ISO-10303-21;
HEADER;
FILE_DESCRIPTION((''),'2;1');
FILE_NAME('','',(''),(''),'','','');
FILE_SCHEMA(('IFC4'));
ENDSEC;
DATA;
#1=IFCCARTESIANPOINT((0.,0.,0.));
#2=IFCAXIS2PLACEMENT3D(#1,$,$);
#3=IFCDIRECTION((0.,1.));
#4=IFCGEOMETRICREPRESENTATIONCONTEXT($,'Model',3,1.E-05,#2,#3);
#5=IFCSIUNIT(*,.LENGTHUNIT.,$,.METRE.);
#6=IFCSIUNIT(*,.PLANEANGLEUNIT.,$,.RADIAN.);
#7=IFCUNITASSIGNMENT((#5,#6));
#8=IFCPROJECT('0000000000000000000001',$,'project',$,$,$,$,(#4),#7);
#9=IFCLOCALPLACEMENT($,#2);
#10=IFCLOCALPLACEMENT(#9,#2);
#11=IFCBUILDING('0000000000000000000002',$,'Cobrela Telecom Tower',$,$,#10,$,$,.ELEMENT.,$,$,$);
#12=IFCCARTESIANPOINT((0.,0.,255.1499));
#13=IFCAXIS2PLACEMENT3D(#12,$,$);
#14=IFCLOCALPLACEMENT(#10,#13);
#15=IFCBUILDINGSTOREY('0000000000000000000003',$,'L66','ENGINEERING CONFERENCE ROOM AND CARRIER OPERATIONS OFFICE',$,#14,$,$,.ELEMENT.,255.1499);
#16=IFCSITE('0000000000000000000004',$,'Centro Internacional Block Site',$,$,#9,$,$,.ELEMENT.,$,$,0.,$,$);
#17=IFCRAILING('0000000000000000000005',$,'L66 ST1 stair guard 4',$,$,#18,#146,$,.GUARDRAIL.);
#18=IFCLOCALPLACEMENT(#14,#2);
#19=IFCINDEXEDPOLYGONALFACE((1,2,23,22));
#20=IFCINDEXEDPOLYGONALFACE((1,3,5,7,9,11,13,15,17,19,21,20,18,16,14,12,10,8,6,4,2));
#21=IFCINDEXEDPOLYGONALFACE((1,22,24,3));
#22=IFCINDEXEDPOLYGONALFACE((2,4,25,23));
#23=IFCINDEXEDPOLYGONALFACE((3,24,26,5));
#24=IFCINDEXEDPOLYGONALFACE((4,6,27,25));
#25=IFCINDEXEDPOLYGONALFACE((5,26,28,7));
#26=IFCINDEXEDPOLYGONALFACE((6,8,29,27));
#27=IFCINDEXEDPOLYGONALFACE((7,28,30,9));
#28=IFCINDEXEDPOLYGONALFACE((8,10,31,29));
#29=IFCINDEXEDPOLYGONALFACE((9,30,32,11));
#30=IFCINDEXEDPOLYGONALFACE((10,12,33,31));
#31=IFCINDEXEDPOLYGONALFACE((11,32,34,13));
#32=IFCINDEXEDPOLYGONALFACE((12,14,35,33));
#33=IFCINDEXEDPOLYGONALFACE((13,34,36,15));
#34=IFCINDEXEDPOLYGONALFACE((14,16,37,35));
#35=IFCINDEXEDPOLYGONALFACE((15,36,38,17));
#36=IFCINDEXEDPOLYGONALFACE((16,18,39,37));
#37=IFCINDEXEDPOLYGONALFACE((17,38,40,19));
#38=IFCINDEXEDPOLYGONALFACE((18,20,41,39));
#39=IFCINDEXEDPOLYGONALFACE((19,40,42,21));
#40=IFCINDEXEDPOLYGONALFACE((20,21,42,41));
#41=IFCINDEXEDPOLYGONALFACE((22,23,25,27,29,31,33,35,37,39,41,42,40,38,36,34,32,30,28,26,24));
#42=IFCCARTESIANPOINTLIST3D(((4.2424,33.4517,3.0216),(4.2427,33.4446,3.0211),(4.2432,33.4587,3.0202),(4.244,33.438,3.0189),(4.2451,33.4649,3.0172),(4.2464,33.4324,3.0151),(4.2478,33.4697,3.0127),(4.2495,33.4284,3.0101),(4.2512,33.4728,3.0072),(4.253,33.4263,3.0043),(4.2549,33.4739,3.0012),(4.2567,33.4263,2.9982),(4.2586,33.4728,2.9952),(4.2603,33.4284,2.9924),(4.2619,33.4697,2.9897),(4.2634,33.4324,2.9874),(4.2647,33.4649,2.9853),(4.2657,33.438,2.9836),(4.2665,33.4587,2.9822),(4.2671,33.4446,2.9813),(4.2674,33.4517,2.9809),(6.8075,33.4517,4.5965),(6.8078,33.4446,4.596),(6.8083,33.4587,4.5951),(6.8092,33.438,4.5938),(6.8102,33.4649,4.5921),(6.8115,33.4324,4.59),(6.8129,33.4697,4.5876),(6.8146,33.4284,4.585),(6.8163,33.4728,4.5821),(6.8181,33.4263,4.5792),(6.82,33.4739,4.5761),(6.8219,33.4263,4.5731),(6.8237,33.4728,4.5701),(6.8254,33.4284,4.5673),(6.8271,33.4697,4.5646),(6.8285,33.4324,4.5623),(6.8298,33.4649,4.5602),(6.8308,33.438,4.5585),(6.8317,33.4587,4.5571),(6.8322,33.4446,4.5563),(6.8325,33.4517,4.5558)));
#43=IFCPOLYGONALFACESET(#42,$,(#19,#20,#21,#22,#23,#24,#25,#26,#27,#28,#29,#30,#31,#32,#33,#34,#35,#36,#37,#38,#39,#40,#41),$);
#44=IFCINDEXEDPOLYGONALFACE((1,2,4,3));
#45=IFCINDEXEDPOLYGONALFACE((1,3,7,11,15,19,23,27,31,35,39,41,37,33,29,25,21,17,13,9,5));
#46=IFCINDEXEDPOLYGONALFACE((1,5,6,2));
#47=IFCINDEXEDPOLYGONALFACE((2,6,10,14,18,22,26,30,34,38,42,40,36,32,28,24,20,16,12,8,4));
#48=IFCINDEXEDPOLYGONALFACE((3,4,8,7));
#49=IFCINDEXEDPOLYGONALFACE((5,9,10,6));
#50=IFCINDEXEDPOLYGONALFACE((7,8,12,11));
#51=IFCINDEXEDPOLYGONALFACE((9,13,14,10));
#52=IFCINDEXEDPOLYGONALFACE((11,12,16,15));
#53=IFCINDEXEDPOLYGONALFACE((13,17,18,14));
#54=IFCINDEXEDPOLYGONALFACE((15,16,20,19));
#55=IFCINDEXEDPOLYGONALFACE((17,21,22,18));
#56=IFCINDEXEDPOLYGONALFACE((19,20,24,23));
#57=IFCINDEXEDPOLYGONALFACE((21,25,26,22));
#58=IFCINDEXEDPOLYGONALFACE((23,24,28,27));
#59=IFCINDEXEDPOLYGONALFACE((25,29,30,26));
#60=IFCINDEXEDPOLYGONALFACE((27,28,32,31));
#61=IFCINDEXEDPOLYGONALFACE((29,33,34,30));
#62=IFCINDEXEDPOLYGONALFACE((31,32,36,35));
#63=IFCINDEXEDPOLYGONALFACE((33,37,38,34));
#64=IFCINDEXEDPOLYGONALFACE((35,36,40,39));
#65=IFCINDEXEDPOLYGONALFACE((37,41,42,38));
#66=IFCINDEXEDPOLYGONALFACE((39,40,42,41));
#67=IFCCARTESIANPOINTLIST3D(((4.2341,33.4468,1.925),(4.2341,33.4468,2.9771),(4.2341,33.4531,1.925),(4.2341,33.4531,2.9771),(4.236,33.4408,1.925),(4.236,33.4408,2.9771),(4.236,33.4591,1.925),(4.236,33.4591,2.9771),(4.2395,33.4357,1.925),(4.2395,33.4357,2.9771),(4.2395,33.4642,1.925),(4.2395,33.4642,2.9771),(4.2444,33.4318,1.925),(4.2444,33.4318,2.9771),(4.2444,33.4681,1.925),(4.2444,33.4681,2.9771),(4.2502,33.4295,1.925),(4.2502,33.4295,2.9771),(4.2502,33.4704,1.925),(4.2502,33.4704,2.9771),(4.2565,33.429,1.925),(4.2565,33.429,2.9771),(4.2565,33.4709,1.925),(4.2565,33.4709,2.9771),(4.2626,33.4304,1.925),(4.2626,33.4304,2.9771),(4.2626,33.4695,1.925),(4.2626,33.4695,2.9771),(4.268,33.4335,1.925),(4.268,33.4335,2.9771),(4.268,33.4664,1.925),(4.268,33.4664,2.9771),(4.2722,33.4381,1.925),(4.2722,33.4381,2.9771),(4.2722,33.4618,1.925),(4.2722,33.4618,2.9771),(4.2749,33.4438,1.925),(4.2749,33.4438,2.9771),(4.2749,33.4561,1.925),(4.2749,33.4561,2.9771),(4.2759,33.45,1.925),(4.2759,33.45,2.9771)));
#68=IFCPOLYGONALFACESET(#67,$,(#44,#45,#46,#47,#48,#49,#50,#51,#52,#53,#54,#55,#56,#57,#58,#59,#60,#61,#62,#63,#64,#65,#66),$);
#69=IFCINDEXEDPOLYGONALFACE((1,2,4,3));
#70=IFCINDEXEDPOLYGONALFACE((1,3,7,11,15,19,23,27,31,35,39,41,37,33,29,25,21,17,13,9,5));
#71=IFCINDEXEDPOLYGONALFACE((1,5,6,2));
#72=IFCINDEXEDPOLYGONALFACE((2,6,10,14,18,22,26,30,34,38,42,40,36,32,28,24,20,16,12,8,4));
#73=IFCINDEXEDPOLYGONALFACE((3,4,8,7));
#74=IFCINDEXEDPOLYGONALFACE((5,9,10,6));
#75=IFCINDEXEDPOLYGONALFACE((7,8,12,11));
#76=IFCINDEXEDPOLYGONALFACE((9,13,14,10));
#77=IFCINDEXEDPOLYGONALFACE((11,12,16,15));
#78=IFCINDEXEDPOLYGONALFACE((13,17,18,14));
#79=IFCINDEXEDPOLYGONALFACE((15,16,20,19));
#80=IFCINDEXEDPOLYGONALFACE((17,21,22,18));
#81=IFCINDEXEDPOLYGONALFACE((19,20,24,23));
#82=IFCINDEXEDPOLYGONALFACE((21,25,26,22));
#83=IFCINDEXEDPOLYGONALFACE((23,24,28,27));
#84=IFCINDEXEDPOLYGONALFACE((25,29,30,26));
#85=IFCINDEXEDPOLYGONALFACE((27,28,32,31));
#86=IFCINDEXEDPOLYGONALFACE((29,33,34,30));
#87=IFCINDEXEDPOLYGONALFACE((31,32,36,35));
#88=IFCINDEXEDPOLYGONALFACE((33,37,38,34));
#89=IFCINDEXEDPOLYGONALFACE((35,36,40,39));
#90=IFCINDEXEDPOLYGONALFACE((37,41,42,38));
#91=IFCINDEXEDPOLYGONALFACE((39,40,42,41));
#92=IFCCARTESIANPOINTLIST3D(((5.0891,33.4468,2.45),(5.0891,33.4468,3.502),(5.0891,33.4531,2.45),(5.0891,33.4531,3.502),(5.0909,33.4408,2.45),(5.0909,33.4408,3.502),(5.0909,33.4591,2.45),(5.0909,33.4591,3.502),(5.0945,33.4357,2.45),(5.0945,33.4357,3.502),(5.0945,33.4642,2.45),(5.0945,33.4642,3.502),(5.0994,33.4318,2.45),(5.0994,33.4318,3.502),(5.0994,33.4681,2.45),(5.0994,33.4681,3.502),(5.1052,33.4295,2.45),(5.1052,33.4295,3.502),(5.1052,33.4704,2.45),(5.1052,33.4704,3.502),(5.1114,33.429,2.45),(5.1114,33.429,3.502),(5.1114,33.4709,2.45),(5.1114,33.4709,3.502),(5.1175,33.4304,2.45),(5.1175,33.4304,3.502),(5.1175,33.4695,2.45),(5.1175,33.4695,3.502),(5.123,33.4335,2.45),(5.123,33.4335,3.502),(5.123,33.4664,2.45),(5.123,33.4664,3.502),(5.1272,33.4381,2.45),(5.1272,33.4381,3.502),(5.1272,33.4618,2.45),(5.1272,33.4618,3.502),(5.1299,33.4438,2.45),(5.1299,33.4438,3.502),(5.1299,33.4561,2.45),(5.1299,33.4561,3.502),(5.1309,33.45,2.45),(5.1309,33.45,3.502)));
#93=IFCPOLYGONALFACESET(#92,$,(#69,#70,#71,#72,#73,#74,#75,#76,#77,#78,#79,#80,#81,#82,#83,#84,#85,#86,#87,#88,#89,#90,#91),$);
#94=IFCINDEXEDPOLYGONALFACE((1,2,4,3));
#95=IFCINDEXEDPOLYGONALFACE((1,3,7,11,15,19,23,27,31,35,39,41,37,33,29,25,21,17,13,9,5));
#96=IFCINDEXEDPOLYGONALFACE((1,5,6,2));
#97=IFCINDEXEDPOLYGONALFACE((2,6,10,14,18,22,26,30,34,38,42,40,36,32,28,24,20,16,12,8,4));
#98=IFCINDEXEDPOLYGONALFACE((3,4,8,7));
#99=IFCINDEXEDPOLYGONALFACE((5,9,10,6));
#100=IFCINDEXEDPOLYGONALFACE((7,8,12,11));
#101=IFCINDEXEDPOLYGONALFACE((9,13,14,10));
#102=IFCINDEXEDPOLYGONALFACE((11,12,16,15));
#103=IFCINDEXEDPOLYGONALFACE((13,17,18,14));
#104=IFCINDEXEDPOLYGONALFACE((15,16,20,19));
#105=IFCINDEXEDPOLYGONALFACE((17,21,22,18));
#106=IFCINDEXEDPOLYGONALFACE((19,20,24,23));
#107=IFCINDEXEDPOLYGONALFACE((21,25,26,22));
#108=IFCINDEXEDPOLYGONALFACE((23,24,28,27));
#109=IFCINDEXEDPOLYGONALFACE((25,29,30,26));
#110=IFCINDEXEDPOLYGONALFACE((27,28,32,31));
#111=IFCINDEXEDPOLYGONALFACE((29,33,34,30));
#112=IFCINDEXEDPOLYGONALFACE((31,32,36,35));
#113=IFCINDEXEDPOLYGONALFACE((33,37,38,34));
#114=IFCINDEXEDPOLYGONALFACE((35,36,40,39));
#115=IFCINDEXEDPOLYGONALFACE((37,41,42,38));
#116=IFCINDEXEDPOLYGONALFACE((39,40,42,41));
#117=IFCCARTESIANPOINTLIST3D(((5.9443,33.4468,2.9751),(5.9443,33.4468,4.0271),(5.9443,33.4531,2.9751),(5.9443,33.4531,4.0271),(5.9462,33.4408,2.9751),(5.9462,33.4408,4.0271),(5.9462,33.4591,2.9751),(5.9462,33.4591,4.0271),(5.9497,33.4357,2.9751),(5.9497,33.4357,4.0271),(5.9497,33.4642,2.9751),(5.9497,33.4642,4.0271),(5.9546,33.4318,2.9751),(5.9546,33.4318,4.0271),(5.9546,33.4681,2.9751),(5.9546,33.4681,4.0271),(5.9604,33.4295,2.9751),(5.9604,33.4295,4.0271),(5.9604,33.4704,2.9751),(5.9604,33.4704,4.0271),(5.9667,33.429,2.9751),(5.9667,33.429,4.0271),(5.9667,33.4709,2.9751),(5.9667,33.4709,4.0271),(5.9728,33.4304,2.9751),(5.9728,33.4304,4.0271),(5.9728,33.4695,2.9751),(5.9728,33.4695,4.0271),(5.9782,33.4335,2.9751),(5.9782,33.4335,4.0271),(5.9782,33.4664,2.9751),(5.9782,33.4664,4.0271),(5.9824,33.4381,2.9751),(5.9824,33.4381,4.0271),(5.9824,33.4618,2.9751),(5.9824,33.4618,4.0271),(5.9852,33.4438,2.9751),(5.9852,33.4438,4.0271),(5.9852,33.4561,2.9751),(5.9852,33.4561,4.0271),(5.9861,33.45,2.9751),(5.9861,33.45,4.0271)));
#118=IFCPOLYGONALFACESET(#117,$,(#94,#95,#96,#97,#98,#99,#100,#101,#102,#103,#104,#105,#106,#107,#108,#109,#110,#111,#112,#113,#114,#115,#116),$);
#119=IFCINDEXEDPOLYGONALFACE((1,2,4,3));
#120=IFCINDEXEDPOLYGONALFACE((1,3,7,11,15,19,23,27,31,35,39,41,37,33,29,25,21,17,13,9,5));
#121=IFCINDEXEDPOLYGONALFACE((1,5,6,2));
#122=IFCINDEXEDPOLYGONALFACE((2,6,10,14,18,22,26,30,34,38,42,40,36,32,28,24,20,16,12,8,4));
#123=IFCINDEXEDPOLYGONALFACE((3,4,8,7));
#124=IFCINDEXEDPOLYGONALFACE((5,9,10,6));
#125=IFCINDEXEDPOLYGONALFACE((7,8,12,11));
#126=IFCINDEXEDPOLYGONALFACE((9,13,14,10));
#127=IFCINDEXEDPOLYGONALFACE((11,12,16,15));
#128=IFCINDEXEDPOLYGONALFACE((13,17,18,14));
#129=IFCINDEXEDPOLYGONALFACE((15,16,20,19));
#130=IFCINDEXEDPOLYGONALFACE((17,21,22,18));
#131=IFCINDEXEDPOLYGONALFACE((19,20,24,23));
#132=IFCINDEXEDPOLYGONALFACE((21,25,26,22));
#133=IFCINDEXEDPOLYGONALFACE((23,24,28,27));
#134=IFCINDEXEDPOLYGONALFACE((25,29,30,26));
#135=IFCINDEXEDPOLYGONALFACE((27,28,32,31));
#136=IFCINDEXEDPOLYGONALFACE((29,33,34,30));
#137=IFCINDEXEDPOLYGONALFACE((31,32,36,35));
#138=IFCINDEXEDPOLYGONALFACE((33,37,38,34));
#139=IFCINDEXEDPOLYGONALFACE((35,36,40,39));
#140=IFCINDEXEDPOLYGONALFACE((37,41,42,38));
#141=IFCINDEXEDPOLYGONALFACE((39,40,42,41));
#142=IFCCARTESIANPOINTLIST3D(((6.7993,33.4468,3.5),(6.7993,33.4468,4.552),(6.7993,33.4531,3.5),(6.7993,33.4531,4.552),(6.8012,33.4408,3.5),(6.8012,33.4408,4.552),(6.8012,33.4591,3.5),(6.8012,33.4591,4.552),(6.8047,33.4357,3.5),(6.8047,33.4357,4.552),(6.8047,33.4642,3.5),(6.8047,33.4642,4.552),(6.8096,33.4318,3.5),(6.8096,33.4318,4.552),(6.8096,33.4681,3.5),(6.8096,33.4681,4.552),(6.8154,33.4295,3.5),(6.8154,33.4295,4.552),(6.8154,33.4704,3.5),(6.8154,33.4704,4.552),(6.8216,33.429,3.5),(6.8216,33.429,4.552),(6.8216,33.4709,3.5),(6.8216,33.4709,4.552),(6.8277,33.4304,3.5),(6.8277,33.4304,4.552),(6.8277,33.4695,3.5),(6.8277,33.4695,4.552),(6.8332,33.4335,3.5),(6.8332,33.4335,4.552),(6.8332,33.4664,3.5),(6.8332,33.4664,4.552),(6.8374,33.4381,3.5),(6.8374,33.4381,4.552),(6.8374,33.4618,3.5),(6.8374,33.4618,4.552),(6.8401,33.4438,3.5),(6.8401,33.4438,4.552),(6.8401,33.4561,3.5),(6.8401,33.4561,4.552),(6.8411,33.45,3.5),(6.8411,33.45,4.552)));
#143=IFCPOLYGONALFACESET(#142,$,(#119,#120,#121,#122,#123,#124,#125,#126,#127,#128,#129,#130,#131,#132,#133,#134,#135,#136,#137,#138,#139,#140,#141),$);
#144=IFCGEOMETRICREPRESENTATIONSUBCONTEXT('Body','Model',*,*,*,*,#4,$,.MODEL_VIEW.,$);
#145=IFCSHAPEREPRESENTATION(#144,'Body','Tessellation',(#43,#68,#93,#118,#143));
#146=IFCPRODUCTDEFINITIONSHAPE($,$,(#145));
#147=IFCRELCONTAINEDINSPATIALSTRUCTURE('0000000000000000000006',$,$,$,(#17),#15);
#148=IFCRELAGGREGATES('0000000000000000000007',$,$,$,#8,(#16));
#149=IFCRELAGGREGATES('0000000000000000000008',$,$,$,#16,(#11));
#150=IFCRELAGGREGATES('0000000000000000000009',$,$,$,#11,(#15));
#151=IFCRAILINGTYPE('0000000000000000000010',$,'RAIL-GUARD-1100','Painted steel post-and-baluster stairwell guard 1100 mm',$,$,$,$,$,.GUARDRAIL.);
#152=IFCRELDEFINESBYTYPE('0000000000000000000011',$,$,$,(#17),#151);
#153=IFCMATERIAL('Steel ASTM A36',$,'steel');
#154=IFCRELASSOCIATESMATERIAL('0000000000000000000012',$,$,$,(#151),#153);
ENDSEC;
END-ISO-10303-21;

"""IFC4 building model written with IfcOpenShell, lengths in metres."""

from ifc_helpers import new_model, si_unit, direction, frame, origin, origin_2d, place, context, subcontext, project, spatial, circle, extrude, material, type_object, element, save


model = new_model("IFC4")

# Units and contexts
model_context = context("Model", 3, precision=1e-05, world=origin(), true_north=direction((0.0, 1.0)))
body_context = subcontext(model_context, "Body", "Model", "MODEL_VIEW")
ifc_project = project(units=[si_unit("LENGTHUNIT", "METRE"), si_unit("PLANEANGLEUNIT", "RADIAN")], contexts=[model_context])

# Site, building, storey
site_placement = place(None, origin())
site = spatial("IfcSite", under=ifc_project, at=site_placement, Name="Centro Internacional Block Site", CompositionType="ELEMENT", RefElevation=0.0)
building_placement = place(site_placement, origin())
building = spatial("IfcBuilding", under=site, at=building_placement, Name="Cobrela Telecom Tower", CompositionType="ELEMENT")
storey_placement = place(building_placement, frame((0.0, 0.0, 255.1499)))
storey = spatial("IfcBuildingStorey", under=building, at=storey_placement, Name="L66", Description="ENGINEERING CONFERENCE ROOM AND CARRIER OPERATIONS OFFICE", CompositionType="ELEMENT", Elevation=255.1499)

# Shared definitions
ifc_material_1 = material(Name="Steel ASTM A36", Category="steel")

# Railing
railing_type_1 = type_object("IfcRailingType", Name="RAIL-GUARD-1100", Description="Painted steel post-and-baluster stairwell guard 1100 mm", PredefinedType="GUARDRAIL", material=ifc_material_1)
railing_1_placement = place(storey_placement, frame((4.2549, 33.45, 1.925)))
element("IfcRailing", 1, at=railing_1_placement, inside=storey, type_object=railing_type_1, Name="L66 ST1 stair guard 4", PredefinedType="GUARDRAIL", context=body_context, shape_type="SweptSolid", body=[
    extrude(circle(Radius=0.0239, at=origin_2d()), frame((0.0, 0.0, 1.0762), z_axis=(0.852195, 0.0, 0.523224), x_axis=(0.0, 1.0, 0.0)), (0.0, 0.0, 1.0), 3.01),
    extrude(circle(Radius=0.021, at=origin_2d()), origin(), (0.0, 0.0, 1.0), 1.052),
    extrude(circle(Radius=0.021, at=origin_2d()), frame((0.855, 0.0, 0.5249)), (0.0, 0.0, 1.0), 1.052),
    extrude(circle(Radius=0.021, at=origin_2d()), frame((1.7102, 0.0, 1.05)), (0.0, 0.0, 1.0), 1.052),
    extrude(circle(Radius=0.021, at=origin_2d()), frame((2.5652, 0.0, 1.575)), (0.0, 0.0, 1.0), 1.052),
])

save(model, "model.ifc")
